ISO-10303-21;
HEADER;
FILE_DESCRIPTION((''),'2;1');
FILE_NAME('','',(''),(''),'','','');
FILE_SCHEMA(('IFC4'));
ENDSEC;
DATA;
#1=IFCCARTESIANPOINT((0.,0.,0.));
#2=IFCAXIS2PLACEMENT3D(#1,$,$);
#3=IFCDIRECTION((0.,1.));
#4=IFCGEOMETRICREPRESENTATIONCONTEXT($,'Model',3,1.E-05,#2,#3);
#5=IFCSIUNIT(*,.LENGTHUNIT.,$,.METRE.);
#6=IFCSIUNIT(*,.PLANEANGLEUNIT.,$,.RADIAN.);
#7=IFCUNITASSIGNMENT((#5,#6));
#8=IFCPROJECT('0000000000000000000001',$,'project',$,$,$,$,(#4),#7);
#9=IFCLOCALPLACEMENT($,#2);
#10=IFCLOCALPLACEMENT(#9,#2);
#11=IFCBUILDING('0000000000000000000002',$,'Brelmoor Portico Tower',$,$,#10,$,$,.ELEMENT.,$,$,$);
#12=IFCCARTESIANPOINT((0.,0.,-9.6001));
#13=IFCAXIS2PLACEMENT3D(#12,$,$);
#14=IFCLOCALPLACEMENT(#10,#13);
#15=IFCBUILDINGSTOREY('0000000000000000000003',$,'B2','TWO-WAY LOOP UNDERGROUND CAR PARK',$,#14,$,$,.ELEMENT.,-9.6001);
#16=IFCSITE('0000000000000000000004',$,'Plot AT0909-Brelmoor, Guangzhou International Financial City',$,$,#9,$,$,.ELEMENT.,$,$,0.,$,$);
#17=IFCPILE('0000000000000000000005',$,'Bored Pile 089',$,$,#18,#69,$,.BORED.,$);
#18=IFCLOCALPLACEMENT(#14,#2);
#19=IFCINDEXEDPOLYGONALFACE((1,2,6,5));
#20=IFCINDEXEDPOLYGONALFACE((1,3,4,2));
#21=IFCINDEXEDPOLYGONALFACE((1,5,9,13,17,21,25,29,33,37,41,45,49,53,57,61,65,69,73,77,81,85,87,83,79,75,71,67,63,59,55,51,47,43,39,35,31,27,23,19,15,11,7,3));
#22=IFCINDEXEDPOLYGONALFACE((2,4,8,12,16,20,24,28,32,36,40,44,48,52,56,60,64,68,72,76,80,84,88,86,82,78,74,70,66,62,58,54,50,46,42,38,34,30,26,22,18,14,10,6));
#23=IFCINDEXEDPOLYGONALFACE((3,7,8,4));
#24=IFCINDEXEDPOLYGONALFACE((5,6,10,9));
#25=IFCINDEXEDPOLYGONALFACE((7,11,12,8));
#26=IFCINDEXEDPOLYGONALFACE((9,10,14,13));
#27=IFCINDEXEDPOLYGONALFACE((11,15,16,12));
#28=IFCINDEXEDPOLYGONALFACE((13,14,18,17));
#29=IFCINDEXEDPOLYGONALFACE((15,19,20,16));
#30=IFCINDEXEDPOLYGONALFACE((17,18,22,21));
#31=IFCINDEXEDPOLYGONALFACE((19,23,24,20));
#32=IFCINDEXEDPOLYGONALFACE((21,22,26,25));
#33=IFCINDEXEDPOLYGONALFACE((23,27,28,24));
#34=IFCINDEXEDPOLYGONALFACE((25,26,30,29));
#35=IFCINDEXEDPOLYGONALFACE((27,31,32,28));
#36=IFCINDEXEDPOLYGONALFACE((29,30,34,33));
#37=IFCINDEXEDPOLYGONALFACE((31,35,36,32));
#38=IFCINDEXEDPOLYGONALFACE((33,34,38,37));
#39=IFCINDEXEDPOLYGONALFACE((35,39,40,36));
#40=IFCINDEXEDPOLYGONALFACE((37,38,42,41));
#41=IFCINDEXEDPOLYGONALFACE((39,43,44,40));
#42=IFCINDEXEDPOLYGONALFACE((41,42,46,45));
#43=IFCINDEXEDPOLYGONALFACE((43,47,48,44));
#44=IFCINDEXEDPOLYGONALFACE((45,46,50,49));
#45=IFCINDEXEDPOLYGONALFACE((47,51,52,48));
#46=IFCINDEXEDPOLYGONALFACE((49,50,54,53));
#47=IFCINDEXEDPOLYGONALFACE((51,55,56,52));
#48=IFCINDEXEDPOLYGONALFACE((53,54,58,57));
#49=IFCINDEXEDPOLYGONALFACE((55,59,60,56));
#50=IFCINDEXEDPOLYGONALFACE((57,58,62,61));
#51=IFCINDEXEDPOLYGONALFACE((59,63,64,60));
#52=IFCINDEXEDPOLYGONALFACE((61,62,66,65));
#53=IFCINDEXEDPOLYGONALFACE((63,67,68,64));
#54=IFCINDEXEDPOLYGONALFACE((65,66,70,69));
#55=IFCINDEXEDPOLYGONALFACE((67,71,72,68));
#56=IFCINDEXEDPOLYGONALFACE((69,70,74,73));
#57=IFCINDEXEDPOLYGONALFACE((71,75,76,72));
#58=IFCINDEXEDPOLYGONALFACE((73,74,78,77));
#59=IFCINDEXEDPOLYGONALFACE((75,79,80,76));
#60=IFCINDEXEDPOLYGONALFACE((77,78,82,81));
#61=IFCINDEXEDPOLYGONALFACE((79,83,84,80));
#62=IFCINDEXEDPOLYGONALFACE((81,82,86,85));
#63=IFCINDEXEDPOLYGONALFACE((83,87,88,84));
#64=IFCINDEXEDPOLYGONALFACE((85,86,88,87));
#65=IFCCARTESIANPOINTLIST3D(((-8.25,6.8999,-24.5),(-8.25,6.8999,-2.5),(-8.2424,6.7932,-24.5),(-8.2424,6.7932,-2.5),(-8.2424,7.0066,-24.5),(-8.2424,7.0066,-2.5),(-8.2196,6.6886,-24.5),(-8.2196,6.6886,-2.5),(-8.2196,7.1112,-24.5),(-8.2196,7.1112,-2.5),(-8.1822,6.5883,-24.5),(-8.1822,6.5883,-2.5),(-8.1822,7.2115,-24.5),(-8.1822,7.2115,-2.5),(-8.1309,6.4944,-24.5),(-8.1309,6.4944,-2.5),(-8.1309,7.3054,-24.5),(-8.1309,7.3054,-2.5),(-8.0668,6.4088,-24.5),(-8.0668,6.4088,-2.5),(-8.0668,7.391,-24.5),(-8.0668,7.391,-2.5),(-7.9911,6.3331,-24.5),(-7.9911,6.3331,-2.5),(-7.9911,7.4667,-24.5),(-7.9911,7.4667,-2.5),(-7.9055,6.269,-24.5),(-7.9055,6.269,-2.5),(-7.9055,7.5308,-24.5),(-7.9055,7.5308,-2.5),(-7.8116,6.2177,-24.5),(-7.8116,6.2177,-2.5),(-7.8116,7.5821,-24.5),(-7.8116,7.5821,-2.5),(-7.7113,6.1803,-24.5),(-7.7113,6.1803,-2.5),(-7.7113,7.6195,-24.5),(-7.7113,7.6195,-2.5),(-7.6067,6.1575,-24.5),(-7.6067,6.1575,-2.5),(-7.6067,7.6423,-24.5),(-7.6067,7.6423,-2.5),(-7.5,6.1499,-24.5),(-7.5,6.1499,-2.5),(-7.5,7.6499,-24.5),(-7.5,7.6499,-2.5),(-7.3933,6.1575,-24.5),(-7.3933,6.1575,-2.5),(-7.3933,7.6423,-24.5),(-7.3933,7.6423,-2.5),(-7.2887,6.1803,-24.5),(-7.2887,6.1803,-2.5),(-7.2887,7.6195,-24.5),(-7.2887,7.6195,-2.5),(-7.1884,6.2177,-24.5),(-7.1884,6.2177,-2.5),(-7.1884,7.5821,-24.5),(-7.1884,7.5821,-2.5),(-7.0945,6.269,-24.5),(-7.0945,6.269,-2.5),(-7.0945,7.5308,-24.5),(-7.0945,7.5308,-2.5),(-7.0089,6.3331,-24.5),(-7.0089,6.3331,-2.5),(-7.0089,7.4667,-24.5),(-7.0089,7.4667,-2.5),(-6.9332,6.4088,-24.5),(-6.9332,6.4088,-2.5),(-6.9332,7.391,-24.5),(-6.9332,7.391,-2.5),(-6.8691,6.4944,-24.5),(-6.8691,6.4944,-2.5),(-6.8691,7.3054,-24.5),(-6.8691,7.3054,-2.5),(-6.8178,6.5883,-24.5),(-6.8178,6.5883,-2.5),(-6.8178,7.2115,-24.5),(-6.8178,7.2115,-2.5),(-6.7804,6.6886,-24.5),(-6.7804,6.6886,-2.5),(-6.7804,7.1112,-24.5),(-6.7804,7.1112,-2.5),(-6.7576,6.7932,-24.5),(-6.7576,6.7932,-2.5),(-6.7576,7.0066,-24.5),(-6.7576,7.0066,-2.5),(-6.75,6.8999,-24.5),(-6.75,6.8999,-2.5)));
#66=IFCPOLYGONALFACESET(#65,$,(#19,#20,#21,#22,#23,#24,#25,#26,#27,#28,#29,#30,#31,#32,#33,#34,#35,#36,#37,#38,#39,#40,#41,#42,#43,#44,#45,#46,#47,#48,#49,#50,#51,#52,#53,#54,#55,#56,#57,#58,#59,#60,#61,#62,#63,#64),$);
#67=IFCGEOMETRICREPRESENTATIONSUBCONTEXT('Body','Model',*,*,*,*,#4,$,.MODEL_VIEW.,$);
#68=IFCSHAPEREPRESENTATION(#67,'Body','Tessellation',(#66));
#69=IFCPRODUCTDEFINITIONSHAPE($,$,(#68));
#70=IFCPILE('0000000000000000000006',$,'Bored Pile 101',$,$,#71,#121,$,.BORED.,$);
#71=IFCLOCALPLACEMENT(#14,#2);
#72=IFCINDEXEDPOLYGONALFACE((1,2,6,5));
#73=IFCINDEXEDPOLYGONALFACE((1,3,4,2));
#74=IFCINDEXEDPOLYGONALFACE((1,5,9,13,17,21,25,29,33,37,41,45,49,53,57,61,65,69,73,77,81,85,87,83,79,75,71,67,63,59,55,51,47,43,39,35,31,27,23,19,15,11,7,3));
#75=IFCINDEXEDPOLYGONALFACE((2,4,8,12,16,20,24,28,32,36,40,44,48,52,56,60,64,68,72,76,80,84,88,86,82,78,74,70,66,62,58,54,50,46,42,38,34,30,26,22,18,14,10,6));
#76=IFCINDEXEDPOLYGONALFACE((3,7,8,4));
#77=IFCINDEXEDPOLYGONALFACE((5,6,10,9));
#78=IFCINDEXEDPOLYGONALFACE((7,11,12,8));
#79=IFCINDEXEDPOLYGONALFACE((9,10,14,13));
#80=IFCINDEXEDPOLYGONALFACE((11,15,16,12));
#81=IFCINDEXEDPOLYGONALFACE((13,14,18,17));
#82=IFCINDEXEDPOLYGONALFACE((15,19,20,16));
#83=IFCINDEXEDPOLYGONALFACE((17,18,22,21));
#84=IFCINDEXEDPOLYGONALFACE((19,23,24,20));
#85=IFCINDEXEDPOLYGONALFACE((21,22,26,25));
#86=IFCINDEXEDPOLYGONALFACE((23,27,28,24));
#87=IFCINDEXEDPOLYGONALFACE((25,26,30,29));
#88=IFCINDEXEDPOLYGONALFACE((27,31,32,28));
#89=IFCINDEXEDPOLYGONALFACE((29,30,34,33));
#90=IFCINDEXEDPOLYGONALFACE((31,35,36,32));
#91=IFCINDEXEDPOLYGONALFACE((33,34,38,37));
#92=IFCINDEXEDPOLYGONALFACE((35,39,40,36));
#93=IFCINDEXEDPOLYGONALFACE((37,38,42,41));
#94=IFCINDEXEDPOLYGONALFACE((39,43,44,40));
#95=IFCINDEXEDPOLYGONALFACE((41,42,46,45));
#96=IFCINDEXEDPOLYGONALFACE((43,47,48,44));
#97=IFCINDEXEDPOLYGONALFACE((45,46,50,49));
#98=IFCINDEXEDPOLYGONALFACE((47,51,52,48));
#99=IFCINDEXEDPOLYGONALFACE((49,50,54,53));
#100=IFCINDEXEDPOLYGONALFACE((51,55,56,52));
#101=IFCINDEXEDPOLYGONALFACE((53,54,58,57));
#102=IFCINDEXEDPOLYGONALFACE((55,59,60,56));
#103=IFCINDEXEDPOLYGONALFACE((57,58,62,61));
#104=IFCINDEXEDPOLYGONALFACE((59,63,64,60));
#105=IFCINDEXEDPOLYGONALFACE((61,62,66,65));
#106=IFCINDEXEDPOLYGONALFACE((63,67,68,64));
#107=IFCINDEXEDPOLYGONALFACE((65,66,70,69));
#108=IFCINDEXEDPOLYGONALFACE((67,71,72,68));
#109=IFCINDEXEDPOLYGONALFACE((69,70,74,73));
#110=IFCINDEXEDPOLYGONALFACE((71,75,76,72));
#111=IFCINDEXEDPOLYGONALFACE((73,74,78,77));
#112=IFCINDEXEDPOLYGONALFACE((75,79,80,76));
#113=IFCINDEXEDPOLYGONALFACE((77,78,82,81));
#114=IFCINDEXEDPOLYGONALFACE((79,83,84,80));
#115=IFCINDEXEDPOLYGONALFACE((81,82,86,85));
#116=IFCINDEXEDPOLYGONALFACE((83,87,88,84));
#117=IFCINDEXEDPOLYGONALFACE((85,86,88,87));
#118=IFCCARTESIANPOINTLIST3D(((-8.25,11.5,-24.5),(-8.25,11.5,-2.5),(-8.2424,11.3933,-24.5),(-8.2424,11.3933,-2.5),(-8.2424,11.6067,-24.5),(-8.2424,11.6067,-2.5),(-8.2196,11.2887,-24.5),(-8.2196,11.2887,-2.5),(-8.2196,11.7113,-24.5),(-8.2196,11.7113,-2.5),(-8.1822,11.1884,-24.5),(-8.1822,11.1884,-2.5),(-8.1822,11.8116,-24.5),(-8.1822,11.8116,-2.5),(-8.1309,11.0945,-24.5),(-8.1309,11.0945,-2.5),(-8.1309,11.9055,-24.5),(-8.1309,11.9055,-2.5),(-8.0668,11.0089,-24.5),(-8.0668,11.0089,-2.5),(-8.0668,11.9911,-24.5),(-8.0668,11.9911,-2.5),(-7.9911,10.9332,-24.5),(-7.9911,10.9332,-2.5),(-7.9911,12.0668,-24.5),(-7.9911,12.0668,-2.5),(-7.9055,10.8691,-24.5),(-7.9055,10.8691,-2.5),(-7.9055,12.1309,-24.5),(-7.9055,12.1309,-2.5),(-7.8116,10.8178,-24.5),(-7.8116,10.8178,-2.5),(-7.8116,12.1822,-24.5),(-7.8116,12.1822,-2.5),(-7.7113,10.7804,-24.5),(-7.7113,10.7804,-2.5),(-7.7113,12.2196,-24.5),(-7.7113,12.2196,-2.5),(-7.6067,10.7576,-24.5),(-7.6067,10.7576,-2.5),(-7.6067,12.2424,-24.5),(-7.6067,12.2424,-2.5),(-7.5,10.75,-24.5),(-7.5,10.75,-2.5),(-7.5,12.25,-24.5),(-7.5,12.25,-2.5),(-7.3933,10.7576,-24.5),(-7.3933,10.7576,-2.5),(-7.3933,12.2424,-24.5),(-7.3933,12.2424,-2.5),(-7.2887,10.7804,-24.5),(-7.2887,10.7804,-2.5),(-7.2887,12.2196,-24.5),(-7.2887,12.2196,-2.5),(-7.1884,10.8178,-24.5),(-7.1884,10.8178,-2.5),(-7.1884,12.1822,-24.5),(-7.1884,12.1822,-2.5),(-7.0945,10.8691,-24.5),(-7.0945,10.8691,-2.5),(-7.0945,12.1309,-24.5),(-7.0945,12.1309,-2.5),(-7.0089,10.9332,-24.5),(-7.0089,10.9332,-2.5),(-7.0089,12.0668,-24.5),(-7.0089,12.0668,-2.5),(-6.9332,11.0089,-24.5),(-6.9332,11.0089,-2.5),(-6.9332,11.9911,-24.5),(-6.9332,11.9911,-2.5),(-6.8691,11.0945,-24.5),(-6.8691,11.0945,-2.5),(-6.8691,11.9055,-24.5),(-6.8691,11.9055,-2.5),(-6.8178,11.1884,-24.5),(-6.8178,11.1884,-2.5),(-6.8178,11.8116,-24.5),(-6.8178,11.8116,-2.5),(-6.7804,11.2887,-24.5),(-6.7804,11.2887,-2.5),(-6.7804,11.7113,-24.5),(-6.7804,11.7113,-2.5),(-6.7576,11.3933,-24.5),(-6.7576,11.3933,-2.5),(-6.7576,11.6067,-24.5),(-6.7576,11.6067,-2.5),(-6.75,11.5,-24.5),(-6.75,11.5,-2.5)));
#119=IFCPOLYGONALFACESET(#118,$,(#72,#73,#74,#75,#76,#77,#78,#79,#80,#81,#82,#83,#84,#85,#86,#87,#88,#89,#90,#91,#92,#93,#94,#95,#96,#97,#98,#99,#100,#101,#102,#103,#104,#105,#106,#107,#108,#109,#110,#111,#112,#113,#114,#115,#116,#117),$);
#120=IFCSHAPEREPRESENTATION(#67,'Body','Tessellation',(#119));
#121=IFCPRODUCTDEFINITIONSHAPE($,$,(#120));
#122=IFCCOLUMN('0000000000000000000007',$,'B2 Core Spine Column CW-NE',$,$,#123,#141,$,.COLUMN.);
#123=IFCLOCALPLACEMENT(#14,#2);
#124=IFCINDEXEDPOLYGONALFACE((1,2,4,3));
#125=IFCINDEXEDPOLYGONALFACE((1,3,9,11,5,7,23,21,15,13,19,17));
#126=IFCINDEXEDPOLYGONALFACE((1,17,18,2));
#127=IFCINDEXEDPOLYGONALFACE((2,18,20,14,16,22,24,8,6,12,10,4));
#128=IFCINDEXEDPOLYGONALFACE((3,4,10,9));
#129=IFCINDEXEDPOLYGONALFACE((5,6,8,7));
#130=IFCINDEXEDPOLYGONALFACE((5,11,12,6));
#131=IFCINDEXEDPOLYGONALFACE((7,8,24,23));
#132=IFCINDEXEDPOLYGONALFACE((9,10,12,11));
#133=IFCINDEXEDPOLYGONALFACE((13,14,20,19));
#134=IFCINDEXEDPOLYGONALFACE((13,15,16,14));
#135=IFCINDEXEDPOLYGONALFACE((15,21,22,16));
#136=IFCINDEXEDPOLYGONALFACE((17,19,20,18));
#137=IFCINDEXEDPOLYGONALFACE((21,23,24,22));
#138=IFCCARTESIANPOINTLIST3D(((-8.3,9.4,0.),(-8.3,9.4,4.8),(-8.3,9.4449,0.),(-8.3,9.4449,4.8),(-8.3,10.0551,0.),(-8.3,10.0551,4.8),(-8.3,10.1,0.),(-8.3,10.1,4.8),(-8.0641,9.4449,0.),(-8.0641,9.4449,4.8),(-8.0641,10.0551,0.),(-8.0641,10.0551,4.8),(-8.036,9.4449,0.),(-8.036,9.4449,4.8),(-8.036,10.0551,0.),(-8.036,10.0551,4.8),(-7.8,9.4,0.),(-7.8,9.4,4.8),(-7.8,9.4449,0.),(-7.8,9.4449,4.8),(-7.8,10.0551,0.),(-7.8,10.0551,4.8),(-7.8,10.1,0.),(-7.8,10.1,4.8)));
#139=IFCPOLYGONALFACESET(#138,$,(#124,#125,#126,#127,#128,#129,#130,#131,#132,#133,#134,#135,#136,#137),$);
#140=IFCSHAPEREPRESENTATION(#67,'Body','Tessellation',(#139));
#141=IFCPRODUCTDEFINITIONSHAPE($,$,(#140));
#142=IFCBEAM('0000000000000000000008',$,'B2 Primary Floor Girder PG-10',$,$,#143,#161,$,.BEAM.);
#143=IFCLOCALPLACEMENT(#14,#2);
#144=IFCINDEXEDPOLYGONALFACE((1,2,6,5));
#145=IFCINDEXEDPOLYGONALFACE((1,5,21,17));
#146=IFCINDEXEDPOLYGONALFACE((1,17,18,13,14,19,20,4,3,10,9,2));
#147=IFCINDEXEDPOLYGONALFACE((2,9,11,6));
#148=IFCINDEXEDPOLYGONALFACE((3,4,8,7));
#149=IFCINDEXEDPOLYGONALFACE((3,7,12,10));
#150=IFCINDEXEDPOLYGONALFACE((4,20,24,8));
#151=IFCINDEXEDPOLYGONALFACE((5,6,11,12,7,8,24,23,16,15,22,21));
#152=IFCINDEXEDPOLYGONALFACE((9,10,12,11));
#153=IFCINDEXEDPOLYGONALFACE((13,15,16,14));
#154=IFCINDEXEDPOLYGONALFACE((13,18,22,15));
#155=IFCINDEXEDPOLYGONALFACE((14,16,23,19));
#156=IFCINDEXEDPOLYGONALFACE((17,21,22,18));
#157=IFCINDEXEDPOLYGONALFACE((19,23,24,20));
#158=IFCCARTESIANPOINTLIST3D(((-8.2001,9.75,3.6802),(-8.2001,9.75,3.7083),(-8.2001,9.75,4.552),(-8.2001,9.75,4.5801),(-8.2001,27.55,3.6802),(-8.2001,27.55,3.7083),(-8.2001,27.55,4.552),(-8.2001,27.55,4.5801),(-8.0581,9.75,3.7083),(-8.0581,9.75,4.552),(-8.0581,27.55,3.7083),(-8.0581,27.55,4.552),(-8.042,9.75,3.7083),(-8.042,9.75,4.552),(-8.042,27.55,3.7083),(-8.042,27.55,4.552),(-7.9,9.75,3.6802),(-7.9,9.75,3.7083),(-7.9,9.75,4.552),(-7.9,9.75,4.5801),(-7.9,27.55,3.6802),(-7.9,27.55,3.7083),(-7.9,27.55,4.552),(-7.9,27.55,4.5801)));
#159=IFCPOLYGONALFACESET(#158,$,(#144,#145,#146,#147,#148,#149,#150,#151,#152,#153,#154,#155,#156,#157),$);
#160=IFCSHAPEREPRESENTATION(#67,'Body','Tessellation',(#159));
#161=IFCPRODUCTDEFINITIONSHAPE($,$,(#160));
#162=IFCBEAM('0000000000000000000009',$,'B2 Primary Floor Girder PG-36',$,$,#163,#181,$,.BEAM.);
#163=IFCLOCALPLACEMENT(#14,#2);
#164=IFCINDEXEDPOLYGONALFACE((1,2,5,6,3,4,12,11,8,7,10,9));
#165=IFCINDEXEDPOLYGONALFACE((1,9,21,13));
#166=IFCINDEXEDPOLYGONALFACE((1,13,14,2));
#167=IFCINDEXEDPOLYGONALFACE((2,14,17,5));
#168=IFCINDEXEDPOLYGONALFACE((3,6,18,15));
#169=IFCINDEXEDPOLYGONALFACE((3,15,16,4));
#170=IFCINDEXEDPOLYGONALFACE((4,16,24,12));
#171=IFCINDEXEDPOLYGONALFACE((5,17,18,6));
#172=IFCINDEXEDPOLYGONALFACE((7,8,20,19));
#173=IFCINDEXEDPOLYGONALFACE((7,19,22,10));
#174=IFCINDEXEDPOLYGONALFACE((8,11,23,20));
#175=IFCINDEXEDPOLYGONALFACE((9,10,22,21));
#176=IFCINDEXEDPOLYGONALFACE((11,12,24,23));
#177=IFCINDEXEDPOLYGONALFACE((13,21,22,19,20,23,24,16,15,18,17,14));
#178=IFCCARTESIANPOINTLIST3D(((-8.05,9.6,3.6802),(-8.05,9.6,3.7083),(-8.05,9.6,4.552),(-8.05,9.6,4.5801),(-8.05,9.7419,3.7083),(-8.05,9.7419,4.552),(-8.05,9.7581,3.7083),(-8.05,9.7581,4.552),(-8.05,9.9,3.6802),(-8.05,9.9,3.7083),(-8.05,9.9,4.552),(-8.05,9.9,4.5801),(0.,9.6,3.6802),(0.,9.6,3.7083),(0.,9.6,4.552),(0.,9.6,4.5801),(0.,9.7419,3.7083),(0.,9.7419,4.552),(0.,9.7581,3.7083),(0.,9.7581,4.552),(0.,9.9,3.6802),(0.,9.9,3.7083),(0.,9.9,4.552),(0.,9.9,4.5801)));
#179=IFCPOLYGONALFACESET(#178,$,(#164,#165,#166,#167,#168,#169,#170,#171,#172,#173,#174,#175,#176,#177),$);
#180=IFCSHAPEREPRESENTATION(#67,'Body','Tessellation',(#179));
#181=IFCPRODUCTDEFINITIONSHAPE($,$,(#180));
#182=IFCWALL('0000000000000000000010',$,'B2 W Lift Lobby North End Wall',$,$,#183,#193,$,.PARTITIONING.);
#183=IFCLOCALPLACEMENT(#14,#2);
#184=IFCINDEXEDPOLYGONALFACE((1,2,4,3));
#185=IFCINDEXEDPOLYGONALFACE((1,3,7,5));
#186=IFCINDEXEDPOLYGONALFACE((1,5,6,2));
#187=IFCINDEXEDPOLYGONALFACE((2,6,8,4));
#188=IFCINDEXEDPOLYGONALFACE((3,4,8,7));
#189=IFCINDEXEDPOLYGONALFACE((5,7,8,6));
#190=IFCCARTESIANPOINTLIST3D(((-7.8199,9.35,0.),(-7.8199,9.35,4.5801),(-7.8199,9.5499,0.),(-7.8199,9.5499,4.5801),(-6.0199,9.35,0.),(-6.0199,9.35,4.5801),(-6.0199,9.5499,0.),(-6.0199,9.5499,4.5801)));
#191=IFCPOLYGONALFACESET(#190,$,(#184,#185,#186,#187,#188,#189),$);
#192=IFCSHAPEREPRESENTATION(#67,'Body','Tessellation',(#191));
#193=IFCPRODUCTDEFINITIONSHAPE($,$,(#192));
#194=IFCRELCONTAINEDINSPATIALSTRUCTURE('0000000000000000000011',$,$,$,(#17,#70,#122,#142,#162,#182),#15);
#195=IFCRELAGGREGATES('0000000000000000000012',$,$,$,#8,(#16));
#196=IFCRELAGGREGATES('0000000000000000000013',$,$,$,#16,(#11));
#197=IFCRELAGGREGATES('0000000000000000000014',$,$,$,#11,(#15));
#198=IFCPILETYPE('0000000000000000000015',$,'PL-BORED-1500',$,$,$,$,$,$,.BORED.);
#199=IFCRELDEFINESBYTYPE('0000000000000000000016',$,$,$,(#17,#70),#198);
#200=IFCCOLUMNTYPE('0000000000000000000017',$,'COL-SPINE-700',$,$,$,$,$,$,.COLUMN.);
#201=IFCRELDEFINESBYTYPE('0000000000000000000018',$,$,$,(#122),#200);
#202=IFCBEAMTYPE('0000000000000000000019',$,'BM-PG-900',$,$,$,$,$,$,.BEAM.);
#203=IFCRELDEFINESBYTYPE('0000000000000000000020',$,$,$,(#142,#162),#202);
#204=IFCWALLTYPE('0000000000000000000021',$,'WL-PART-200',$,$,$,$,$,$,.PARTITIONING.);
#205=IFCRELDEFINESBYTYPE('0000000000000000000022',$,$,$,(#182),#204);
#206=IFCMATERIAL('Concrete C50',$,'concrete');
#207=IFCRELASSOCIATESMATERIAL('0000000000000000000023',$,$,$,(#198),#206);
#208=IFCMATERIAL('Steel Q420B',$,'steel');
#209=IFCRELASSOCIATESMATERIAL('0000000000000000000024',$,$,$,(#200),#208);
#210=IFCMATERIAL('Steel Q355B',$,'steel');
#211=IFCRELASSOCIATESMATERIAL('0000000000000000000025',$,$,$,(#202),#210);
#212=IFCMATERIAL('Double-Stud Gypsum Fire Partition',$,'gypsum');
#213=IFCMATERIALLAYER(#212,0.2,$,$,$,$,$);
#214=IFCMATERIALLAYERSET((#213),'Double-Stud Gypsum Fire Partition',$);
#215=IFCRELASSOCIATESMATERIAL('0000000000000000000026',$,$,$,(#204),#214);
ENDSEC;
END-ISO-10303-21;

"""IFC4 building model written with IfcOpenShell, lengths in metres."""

from ifc_helpers import new_model, si_unit, direction, frame, frame_2d, origin, origin_2d, place, context, subcontext, project, spatial, rectangle, circle, i_section, extrude, material, layer, layer_set, material_profile, profile_set, type_object, element, save


model = new_model("IFC4")

# Units and contexts
model_context = context("Model", 3, precision=1e-05, world=origin(), true_north=direction((0.0, 1.0)))
body_context = subcontext(model_context, "Body", "Model", "MODEL_VIEW")
ifc_project = project(units=[si_unit("LENGTHUNIT", "METRE"), si_unit("PLANEANGLEUNIT", "RADIAN")], contexts=[model_context])

# Site, building, storey
site_placement = place(None, origin())
site = spatial("IfcSite", under=ifc_project, at=site_placement, Name="Plot AT0909-Brelmoor, Guangzhou International Financial City", CompositionType="ELEMENT", RefElevation=0.0)
building_placement = place(site_placement, origin())
building = spatial("IfcBuilding", under=site, at=building_placement, Name="Brelmoor Portico Tower", CompositionType="ELEMENT")
storey_placement = place(building_placement, frame((0.0, 0.0, -9.6001)))
storey = spatial("IfcBuildingStorey", under=building, at=storey_placement, Name="B2", Description="TWO-WAY LOOP UNDERGROUND CAR PARK", CompositionType="ELEMENT", Elevation=-9.6001)

# Piles
ifc_material_1 = material(Name="Concrete C50", Category="concrete")
ifc_material_profile_1 = material_profile(ifc_material_1, circle(Radius=0.75, at=origin_2d()), Name="BORED PILE D1500")
ifc_profile_set_1 = profile_set([ifc_material_profile_1], Name="Concrete C50")
pile_type_1 = type_object("IfcPileType", Name="PL-BORED-1500", PredefinedType="BORED", material=ifc_profile_set_1)
for number, where, z_axis, x_axis, name in (
    (1, (-7.5, 6.8999, -2.5), (0.0, 0.0, -1.0), (1.0, 0.0, 0.0), "Bored Pile 089"),
    (2, (-7.5, 11.5, -2.5), (0.0, 0.0, -1.0), (1.0, 0.0, 0.0), "Bored Pile 101"),
):
    element("IfcPile", number, at=place(storey_placement, frame(where, z_axis=z_axis, x_axis=x_axis)), inside=storey, type_object=pile_type_1, Name=name, PredefinedType="BORED", context=body_context, shape_type="SweptSolid", body=[
        extrude(circle(Radius=0.75, at=origin_2d()), origin(), (0.0, 0.0, 1.0), 22.0),
    ])

# Column
ifc_material_2 = material(Name="Steel Q420B", Category="steel")
ifc_material_profile_2 = material_profile(ifc_material_2, i_section(OverallWidth=0.5, OverallDepth=0.7, WebThickness=0.0281, FlangeThickness=0.0449, at=origin_2d()), Name="HW 700x500x28x45")
ifc_profile_set_2 = profile_set([ifc_material_profile_2], Name="Steel Q420B")
column_type = type_object("IfcColumnType", Name="COL-SPINE-700", PredefinedType="COLUMN", material=ifc_profile_set_2)
column_placement = place(storey_placement, frame((-8.05, 9.75, 0.0), z_axis=(0.0, 0.0, 1.0), x_axis=(1.0, 0.0, 0.0)))
element("IfcColumn", 3, at=column_placement, inside=storey, type_object=column_type, Name="B2 Core Spine Column CW-NE", PredefinedType="COLUMN", context=body_context, shape_type="SweptSolid", body=[
    extrude(i_section(OverallWidth=0.5, OverallDepth=0.7, WebThickness=0.0281, FlangeThickness=0.0449, at=origin_2d()), origin(), (0.0, 0.0, 1.0), 4.8),
])

# Beams
ifc_material_3 = material(Name="Steel Q355B", Category="steel")
ifc_material_profile_3 = material_profile(ifc_material_3, i_section(OverallWidth=0.3, OverallDepth=0.8999, WebThickness=0.0161, FlangeThickness=0.0281, at=origin_2d()), Name="HN 900x300x16x28")
ifc_profile_set_3 = profile_set([ifc_material_profile_3], Name="Steel Q355B")
beam_type = type_object("IfcBeamType", Name="BM-PG-900", PredefinedType="BEAM", material=ifc_profile_set_3)
beam_1_placement = place(storey_placement, frame((-8.05, 9.75, 4.1301), z_axis=(0.0, 1.0, 0.0), x_axis=(-1.0, 0.0, 0.0)))
element("IfcBeam", 4, at=beam_1_placement, inside=storey, type_object=beam_type, Name="B2 Primary Floor Girder PG-10", PredefinedType="BEAM", context=body_context, shape_type="SweptSolid", body=[
    extrude(i_section(OverallWidth=0.3, OverallDepth=0.8999, WebThickness=0.0161, FlangeThickness=0.0281, at=origin_2d()), origin(), (0.0, 0.0, 1.0), 17.8),
])
beam_2_placement = place(storey_placement, frame((-8.05, 9.75, 4.1301), z_axis=(1.0, 0.0, 0.0), x_axis=(0.0, 1.0, 0.0)))
element("IfcBeam", 5, at=beam_2_placement, inside=storey, type_object=beam_type, Name="B2 Primary Floor Girder PG-36", PredefinedType="BEAM", context=body_context, shape_type="SweptSolid", body=[
    extrude(i_section(OverallWidth=0.3, OverallDepth=0.8999, WebThickness=0.0161, FlangeThickness=0.0281, at=origin_2d()), origin(), (0.0, 0.0, 1.0), 8.05),
])

# Wall
ifc_material_4 = material(Name="Double-Stud Gypsum Fire Partition", Category="gypsum")
ifc_layer_1 = layer(ifc_material_4, 0.2)
ifc_layer_set_1 = layer_set([ifc_layer_1], Name="Double-Stud Gypsum Fire Partition")
wall_type_1 = type_object("IfcWallType", Name="WL-PART-200", PredefinedType="PARTITIONING", material=ifc_layer_set_1)
wall_1_placement = place(storey_placement, frame((-6.02, 9.45, 0.0), z_axis=(0.0, 0.0, 1.0), x_axis=(-1.0, 0.0, 0.0)))
element("IfcWall", 6, at=wall_1_placement, inside=storey, type_object=wall_type_1, Name="B2 W Lift Lobby North End Wall", PredefinedType="PARTITIONING", context=body_context, shape_type="SweptSolid", body=[
    extrude(rectangle(XDim=1.8, YDim=0.2, at=frame_2d((0.8999, 0.0))), origin(), (0.0, 0.0, 1.0), 4.5801),
])

save(model, "model.ifc")
